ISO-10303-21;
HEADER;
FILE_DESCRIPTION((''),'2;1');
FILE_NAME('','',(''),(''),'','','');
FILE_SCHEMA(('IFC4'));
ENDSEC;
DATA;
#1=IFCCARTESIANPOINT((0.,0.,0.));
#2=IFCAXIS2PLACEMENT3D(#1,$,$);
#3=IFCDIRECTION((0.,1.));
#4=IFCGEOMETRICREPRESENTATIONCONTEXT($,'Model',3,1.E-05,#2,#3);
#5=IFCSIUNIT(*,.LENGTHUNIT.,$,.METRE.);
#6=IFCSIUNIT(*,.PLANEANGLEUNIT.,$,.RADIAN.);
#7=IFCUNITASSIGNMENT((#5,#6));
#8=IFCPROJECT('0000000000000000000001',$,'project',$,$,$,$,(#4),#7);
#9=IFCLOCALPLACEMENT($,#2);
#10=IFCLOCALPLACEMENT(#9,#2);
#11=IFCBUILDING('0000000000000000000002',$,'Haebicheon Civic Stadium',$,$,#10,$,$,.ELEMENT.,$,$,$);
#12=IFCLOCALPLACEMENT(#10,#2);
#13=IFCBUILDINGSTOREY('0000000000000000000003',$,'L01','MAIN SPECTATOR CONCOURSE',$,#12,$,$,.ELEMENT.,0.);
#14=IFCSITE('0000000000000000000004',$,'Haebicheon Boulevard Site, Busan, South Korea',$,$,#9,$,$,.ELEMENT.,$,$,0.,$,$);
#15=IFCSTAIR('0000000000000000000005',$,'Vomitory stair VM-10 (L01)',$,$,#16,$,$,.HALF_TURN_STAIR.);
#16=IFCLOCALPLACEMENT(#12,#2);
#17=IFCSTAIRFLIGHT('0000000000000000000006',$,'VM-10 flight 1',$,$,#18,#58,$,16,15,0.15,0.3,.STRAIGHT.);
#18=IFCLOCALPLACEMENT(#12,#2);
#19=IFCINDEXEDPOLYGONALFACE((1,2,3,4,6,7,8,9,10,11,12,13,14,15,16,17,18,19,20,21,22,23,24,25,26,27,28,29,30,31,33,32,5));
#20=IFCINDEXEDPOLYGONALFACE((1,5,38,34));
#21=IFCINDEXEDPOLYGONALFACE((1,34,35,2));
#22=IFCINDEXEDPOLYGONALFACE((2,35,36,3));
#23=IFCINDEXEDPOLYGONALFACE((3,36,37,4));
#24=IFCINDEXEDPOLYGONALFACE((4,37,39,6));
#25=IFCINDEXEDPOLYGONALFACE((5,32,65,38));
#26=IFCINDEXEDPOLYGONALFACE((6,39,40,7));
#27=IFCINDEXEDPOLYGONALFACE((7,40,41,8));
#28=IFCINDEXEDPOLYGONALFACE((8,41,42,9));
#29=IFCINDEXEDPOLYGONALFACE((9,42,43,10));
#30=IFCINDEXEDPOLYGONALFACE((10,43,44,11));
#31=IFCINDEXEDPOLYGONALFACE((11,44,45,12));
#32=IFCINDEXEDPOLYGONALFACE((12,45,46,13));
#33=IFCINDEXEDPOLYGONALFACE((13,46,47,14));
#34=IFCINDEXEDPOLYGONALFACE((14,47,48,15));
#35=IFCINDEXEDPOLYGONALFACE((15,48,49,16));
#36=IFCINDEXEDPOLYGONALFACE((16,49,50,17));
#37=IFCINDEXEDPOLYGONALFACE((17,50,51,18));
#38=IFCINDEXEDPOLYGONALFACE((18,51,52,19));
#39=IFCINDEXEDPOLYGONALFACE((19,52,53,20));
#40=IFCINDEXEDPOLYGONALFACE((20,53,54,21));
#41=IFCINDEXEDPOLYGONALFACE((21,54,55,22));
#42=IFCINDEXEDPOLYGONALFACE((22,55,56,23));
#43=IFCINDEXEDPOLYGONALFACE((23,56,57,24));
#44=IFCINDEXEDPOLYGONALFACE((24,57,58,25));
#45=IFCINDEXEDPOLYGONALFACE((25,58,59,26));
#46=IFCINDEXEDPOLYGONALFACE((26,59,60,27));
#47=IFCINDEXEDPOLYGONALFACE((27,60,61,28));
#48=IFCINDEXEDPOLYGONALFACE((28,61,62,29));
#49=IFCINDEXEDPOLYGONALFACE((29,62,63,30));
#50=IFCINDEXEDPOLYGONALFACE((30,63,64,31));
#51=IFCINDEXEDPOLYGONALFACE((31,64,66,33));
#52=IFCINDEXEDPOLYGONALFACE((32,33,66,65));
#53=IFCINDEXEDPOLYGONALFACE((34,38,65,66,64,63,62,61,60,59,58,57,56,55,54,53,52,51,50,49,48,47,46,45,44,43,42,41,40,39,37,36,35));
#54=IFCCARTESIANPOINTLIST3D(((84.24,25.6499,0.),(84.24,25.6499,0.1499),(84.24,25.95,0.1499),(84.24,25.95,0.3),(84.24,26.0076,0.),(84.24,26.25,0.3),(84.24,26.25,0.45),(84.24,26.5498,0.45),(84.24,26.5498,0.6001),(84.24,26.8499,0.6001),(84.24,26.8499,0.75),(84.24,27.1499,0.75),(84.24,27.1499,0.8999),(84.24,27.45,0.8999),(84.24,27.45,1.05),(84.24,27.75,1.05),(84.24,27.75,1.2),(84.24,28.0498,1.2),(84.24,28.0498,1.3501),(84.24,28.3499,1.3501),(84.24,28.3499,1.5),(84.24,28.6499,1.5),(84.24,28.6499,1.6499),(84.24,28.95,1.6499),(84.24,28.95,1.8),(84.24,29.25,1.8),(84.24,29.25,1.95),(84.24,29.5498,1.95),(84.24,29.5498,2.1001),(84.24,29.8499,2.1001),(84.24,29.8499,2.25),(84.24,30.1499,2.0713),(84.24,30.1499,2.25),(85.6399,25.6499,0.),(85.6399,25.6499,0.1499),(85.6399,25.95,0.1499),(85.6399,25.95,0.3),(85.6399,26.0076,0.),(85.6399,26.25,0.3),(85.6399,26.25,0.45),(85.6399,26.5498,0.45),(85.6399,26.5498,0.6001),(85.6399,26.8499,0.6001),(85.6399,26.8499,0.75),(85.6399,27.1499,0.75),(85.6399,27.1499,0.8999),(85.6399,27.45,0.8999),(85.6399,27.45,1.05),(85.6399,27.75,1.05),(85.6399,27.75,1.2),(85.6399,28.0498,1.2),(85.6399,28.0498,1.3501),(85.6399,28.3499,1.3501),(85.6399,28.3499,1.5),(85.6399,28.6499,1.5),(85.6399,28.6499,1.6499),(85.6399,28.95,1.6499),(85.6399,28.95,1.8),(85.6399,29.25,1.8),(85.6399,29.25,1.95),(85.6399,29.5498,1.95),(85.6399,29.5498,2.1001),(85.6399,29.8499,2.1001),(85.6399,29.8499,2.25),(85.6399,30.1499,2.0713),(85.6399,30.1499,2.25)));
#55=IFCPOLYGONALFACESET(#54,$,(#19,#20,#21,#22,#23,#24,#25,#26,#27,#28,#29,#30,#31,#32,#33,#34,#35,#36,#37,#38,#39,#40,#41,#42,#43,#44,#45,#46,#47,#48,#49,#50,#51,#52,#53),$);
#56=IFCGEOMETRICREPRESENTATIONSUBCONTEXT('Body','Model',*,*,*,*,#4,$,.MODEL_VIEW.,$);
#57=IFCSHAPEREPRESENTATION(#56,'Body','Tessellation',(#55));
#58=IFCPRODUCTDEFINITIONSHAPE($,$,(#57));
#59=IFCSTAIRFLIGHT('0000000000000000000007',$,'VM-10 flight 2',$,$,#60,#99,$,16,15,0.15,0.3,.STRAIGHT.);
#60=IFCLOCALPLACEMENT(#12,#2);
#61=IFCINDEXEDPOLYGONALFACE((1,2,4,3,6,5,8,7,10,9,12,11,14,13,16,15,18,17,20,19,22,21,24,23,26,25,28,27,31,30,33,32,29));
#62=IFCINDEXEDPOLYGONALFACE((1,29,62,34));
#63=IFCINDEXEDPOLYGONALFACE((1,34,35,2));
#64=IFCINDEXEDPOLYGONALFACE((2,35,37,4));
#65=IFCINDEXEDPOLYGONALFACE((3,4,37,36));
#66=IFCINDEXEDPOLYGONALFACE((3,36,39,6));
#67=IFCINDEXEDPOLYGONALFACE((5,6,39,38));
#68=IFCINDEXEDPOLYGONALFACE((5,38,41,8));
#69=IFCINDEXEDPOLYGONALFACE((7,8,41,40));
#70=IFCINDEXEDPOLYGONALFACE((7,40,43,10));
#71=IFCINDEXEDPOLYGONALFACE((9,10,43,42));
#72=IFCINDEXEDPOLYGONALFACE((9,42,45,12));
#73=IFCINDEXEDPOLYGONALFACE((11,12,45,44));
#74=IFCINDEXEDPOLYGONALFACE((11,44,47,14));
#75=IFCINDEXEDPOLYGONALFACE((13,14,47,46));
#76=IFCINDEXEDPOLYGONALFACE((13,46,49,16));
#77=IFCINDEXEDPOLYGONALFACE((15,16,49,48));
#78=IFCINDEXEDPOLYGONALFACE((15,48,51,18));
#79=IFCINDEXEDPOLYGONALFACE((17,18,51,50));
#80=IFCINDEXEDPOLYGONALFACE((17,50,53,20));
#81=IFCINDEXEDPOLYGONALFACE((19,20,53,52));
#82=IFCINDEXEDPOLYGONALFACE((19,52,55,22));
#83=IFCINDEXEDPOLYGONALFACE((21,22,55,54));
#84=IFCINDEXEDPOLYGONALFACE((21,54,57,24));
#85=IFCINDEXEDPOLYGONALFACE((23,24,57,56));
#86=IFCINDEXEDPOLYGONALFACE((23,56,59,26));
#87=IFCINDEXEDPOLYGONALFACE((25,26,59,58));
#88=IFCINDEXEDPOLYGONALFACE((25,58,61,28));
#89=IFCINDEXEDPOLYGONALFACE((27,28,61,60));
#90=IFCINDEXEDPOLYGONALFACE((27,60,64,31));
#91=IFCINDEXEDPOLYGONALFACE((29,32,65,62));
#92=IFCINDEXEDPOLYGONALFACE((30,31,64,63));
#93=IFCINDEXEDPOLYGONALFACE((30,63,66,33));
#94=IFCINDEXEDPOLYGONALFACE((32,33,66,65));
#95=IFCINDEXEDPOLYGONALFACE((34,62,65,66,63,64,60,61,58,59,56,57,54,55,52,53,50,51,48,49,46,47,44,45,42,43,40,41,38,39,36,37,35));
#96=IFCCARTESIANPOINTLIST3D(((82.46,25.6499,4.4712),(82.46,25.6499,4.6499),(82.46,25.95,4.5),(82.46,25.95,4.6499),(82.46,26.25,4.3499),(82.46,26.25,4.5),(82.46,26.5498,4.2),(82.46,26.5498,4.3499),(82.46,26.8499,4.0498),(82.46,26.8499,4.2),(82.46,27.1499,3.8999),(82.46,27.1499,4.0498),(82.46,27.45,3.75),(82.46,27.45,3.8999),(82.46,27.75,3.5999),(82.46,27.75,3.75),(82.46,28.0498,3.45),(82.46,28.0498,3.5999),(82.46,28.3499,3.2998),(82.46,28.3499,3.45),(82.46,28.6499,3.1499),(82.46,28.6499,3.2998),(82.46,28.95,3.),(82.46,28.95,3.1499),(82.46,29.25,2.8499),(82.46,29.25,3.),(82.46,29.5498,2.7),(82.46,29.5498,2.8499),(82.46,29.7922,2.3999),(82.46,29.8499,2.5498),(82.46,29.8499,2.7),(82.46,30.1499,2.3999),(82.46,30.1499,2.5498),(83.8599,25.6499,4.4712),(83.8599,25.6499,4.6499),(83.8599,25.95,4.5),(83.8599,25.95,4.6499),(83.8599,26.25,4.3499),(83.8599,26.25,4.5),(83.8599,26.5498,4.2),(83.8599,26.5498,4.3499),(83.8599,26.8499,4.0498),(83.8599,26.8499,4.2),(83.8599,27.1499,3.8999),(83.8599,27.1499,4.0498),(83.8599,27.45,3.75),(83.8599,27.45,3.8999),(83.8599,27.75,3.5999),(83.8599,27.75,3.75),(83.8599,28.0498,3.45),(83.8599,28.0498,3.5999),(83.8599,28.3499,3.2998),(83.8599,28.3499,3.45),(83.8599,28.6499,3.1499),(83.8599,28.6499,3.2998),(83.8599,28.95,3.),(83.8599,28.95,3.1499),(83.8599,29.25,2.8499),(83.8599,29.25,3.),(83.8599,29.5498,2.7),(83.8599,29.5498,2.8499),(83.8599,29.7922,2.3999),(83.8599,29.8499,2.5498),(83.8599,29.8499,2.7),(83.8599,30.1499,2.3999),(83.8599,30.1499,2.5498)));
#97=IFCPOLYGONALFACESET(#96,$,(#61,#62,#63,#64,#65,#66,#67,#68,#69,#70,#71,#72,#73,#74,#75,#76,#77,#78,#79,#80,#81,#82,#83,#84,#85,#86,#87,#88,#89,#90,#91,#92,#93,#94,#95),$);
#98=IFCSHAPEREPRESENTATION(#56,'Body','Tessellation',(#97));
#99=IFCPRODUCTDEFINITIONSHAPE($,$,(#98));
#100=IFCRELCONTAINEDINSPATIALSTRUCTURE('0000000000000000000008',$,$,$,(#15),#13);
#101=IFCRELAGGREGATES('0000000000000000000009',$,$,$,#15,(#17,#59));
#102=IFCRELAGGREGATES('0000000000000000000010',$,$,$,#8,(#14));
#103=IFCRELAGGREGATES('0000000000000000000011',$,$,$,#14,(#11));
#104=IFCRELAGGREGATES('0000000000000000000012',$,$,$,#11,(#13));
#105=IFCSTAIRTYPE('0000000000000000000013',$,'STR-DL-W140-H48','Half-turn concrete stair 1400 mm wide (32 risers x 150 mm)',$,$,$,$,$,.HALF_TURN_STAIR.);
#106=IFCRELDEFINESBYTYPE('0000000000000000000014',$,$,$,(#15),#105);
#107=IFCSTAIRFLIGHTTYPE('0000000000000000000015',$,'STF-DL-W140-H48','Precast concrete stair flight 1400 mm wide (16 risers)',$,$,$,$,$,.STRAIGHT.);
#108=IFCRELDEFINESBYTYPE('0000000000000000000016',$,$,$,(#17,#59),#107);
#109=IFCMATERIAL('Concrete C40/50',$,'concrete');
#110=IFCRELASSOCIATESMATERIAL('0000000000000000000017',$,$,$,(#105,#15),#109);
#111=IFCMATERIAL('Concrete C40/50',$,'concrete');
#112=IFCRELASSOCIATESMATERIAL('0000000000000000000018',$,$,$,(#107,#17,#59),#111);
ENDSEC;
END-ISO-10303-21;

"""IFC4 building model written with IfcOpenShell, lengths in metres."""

from ifc_helpers import new_model, si_unit, direction, frame, origin, place, context, subcontext, project, spatial, polyline, outline, extrude, material, type_object, element, aggregate, save


model = new_model("IFC4")

# Units and contexts
model_context = context("Model", 3, precision=1e-05, world=origin(), true_north=direction((0.0, 1.0)))
body_context = subcontext(model_context, "Body", "Model", "MODEL_VIEW")
ifc_project = project(units=[si_unit("LENGTHUNIT", "METRE"), si_unit("PLANEANGLEUNIT", "RADIAN")], contexts=[model_context])

# Site, building, storey
site_placement = place(None, origin())
site = spatial("IfcSite", under=ifc_project, at=site_placement, Name="Haebicheon Boulevard Site, Busan, South Korea", CompositionType="ELEMENT", RefElevation=0.0)
building_placement = place(site_placement, origin())
building = spatial("IfcBuilding", under=site, at=building_placement, Name="Haebicheon Civic Stadium", CompositionType="ELEMENT")
storey_placement = place(building_placement, origin())
storey = spatial("IfcBuildingStorey", under=building, at=storey_placement, Name="L01", Description="MAIN SPECTATOR CONCOURSE", CompositionType="ELEMENT", Elevation=0.0)

# Stair, stair flights
ifc_material_1 = material(Name="Concrete C40/50", Category="concrete")
stair_type = type_object("IfcStairType", Name="STR-DL-W140-H48", Description="Half-turn concrete stair 1400 mm wide (32 risers x 150 mm)", PredefinedType="HALF_TURN_STAIR", material=ifc_material_1)
stair_placement = place(storey_placement, origin())
stair = element("IfcStair", 1, at=stair_placement, inside=storey, type_object=stair_type, material=ifc_material_1, Name="Vomitory stair VM-10 (L01)", PredefinedType="HALF_TURN_STAIR")
ifc_material_2 = material(Name="Concrete C40/50", Category="concrete")
stair_flight_type = type_object("IfcStairFlightType", Name="STF-DL-W140-H48", Description="Precast concrete stair flight 1400 mm wide (16 risers)", PredefinedType="STRAIGHT", material=ifc_material_2)
stair_flight_1_placement = place(storey_placement, frame((84.9399, 25.6499, 0.0), z_axis=(0.0, 0.0, 1.0), x_axis=(0.0, 1.0, 0.0)))
stair_flight_1 = element("IfcStairFlight", 2, at=stair_flight_1_placement, type_object=stair_flight_type, material=ifc_material_2, Name="VM-10 flight 1", NumberOfRisers=16, NumberOfTreads=15, PredefinedType="STRAIGHT", RiserHeight=0.15, TreadLength=0.3, context=body_context, shape_type="SweptSolid", body=[
    extrude(outline(polyline([(0.0, 0.0), (0.0, 0.1499), (0.3, 0.1499), (0.3, 0.3), (0.6001, 0.3), (0.6001, 0.45), (0.8999, 0.45), (0.8999, 0.6001), (1.2, 0.6001), (1.2, 0.75), (1.5, 0.75), (1.5, 0.8999), (1.8, 0.8999), (1.8, 1.05), (2.1001, 1.05), (2.1001, 1.2), (2.3999, 1.2), (2.3999, 1.3501), (2.7, 1.3501), (2.7, 1.5), (3.0, 1.5), (3.0, 1.6499), (3.3, 1.6499), (3.3, 1.8), (3.6001, 1.8), (3.6001, 1.95), (3.8999, 1.95), (3.8999, 2.1001), (4.2, 2.1001), (4.2, 2.25), (4.5, 2.25), (4.5, 2.3999), (4.5, 2.0713), (0.3577, 0.0), (0.0, 0.0)])), frame((0.0, 0.7, 0.0), z_axis=(0.0, -1.0, 0.0), x_axis=(1.0, 0.0, 0.0)), (0.0, 0.0, 1.0), 1.3999),
])
stair_flight_2_placement = place(storey_placement, frame((83.1599, 30.1499, 2.3999), z_axis=(0.0, 0.0, 1.0), x_axis=(0.0, -1.0, 0.0)))
stair_flight_2 = element("IfcStairFlight", 3, at=stair_flight_2_placement, type_object=stair_flight_type, material=ifc_material_2, Name="VM-10 flight 2", NumberOfRisers=16, NumberOfTreads=15, PredefinedType="STRAIGHT", RiserHeight=0.15, TreadLength=0.3, context=body_context, shape_type="SweptSolid", body=[
    extrude(outline(polyline([(0.0, 0.0), (0.0, 0.1499), (0.3, 0.1499), (0.3, 0.3), (0.6001, 0.3), (0.6001, 0.45), (0.8999, 0.45), (0.8999, 0.6001), (1.2, 0.6001), (1.2, 0.75), (1.5, 0.75), (1.5, 0.8999), (1.8, 0.8999), (1.8, 1.05), (2.1001, 1.05), (2.1001, 1.2), (2.3999, 1.2), (2.3999, 1.3501), (2.7, 1.3501), (2.7, 1.5), (3.0, 1.5), (3.0, 1.6499), (3.3, 1.6499), (3.3, 1.8), (3.6001, 1.8), (3.6001, 1.95), (3.8999, 1.95), (3.8999, 2.1001), (4.2, 2.1001), (4.2, 2.25), (4.5, 2.25), (4.5, 2.3999), (4.5, 2.0713), (0.3577, 0.0), (0.0, 0.0)])), frame((0.0, 0.7, 0.0), z_axis=(0.0, -1.0, 0.0), x_axis=(1.0, 0.0, 0.0)), (0.0, 0.0, 1.0), 1.3999),
])
aggregate(stair, [stair_flight_1, stair_flight_2])

save(model, "model.ifc")
